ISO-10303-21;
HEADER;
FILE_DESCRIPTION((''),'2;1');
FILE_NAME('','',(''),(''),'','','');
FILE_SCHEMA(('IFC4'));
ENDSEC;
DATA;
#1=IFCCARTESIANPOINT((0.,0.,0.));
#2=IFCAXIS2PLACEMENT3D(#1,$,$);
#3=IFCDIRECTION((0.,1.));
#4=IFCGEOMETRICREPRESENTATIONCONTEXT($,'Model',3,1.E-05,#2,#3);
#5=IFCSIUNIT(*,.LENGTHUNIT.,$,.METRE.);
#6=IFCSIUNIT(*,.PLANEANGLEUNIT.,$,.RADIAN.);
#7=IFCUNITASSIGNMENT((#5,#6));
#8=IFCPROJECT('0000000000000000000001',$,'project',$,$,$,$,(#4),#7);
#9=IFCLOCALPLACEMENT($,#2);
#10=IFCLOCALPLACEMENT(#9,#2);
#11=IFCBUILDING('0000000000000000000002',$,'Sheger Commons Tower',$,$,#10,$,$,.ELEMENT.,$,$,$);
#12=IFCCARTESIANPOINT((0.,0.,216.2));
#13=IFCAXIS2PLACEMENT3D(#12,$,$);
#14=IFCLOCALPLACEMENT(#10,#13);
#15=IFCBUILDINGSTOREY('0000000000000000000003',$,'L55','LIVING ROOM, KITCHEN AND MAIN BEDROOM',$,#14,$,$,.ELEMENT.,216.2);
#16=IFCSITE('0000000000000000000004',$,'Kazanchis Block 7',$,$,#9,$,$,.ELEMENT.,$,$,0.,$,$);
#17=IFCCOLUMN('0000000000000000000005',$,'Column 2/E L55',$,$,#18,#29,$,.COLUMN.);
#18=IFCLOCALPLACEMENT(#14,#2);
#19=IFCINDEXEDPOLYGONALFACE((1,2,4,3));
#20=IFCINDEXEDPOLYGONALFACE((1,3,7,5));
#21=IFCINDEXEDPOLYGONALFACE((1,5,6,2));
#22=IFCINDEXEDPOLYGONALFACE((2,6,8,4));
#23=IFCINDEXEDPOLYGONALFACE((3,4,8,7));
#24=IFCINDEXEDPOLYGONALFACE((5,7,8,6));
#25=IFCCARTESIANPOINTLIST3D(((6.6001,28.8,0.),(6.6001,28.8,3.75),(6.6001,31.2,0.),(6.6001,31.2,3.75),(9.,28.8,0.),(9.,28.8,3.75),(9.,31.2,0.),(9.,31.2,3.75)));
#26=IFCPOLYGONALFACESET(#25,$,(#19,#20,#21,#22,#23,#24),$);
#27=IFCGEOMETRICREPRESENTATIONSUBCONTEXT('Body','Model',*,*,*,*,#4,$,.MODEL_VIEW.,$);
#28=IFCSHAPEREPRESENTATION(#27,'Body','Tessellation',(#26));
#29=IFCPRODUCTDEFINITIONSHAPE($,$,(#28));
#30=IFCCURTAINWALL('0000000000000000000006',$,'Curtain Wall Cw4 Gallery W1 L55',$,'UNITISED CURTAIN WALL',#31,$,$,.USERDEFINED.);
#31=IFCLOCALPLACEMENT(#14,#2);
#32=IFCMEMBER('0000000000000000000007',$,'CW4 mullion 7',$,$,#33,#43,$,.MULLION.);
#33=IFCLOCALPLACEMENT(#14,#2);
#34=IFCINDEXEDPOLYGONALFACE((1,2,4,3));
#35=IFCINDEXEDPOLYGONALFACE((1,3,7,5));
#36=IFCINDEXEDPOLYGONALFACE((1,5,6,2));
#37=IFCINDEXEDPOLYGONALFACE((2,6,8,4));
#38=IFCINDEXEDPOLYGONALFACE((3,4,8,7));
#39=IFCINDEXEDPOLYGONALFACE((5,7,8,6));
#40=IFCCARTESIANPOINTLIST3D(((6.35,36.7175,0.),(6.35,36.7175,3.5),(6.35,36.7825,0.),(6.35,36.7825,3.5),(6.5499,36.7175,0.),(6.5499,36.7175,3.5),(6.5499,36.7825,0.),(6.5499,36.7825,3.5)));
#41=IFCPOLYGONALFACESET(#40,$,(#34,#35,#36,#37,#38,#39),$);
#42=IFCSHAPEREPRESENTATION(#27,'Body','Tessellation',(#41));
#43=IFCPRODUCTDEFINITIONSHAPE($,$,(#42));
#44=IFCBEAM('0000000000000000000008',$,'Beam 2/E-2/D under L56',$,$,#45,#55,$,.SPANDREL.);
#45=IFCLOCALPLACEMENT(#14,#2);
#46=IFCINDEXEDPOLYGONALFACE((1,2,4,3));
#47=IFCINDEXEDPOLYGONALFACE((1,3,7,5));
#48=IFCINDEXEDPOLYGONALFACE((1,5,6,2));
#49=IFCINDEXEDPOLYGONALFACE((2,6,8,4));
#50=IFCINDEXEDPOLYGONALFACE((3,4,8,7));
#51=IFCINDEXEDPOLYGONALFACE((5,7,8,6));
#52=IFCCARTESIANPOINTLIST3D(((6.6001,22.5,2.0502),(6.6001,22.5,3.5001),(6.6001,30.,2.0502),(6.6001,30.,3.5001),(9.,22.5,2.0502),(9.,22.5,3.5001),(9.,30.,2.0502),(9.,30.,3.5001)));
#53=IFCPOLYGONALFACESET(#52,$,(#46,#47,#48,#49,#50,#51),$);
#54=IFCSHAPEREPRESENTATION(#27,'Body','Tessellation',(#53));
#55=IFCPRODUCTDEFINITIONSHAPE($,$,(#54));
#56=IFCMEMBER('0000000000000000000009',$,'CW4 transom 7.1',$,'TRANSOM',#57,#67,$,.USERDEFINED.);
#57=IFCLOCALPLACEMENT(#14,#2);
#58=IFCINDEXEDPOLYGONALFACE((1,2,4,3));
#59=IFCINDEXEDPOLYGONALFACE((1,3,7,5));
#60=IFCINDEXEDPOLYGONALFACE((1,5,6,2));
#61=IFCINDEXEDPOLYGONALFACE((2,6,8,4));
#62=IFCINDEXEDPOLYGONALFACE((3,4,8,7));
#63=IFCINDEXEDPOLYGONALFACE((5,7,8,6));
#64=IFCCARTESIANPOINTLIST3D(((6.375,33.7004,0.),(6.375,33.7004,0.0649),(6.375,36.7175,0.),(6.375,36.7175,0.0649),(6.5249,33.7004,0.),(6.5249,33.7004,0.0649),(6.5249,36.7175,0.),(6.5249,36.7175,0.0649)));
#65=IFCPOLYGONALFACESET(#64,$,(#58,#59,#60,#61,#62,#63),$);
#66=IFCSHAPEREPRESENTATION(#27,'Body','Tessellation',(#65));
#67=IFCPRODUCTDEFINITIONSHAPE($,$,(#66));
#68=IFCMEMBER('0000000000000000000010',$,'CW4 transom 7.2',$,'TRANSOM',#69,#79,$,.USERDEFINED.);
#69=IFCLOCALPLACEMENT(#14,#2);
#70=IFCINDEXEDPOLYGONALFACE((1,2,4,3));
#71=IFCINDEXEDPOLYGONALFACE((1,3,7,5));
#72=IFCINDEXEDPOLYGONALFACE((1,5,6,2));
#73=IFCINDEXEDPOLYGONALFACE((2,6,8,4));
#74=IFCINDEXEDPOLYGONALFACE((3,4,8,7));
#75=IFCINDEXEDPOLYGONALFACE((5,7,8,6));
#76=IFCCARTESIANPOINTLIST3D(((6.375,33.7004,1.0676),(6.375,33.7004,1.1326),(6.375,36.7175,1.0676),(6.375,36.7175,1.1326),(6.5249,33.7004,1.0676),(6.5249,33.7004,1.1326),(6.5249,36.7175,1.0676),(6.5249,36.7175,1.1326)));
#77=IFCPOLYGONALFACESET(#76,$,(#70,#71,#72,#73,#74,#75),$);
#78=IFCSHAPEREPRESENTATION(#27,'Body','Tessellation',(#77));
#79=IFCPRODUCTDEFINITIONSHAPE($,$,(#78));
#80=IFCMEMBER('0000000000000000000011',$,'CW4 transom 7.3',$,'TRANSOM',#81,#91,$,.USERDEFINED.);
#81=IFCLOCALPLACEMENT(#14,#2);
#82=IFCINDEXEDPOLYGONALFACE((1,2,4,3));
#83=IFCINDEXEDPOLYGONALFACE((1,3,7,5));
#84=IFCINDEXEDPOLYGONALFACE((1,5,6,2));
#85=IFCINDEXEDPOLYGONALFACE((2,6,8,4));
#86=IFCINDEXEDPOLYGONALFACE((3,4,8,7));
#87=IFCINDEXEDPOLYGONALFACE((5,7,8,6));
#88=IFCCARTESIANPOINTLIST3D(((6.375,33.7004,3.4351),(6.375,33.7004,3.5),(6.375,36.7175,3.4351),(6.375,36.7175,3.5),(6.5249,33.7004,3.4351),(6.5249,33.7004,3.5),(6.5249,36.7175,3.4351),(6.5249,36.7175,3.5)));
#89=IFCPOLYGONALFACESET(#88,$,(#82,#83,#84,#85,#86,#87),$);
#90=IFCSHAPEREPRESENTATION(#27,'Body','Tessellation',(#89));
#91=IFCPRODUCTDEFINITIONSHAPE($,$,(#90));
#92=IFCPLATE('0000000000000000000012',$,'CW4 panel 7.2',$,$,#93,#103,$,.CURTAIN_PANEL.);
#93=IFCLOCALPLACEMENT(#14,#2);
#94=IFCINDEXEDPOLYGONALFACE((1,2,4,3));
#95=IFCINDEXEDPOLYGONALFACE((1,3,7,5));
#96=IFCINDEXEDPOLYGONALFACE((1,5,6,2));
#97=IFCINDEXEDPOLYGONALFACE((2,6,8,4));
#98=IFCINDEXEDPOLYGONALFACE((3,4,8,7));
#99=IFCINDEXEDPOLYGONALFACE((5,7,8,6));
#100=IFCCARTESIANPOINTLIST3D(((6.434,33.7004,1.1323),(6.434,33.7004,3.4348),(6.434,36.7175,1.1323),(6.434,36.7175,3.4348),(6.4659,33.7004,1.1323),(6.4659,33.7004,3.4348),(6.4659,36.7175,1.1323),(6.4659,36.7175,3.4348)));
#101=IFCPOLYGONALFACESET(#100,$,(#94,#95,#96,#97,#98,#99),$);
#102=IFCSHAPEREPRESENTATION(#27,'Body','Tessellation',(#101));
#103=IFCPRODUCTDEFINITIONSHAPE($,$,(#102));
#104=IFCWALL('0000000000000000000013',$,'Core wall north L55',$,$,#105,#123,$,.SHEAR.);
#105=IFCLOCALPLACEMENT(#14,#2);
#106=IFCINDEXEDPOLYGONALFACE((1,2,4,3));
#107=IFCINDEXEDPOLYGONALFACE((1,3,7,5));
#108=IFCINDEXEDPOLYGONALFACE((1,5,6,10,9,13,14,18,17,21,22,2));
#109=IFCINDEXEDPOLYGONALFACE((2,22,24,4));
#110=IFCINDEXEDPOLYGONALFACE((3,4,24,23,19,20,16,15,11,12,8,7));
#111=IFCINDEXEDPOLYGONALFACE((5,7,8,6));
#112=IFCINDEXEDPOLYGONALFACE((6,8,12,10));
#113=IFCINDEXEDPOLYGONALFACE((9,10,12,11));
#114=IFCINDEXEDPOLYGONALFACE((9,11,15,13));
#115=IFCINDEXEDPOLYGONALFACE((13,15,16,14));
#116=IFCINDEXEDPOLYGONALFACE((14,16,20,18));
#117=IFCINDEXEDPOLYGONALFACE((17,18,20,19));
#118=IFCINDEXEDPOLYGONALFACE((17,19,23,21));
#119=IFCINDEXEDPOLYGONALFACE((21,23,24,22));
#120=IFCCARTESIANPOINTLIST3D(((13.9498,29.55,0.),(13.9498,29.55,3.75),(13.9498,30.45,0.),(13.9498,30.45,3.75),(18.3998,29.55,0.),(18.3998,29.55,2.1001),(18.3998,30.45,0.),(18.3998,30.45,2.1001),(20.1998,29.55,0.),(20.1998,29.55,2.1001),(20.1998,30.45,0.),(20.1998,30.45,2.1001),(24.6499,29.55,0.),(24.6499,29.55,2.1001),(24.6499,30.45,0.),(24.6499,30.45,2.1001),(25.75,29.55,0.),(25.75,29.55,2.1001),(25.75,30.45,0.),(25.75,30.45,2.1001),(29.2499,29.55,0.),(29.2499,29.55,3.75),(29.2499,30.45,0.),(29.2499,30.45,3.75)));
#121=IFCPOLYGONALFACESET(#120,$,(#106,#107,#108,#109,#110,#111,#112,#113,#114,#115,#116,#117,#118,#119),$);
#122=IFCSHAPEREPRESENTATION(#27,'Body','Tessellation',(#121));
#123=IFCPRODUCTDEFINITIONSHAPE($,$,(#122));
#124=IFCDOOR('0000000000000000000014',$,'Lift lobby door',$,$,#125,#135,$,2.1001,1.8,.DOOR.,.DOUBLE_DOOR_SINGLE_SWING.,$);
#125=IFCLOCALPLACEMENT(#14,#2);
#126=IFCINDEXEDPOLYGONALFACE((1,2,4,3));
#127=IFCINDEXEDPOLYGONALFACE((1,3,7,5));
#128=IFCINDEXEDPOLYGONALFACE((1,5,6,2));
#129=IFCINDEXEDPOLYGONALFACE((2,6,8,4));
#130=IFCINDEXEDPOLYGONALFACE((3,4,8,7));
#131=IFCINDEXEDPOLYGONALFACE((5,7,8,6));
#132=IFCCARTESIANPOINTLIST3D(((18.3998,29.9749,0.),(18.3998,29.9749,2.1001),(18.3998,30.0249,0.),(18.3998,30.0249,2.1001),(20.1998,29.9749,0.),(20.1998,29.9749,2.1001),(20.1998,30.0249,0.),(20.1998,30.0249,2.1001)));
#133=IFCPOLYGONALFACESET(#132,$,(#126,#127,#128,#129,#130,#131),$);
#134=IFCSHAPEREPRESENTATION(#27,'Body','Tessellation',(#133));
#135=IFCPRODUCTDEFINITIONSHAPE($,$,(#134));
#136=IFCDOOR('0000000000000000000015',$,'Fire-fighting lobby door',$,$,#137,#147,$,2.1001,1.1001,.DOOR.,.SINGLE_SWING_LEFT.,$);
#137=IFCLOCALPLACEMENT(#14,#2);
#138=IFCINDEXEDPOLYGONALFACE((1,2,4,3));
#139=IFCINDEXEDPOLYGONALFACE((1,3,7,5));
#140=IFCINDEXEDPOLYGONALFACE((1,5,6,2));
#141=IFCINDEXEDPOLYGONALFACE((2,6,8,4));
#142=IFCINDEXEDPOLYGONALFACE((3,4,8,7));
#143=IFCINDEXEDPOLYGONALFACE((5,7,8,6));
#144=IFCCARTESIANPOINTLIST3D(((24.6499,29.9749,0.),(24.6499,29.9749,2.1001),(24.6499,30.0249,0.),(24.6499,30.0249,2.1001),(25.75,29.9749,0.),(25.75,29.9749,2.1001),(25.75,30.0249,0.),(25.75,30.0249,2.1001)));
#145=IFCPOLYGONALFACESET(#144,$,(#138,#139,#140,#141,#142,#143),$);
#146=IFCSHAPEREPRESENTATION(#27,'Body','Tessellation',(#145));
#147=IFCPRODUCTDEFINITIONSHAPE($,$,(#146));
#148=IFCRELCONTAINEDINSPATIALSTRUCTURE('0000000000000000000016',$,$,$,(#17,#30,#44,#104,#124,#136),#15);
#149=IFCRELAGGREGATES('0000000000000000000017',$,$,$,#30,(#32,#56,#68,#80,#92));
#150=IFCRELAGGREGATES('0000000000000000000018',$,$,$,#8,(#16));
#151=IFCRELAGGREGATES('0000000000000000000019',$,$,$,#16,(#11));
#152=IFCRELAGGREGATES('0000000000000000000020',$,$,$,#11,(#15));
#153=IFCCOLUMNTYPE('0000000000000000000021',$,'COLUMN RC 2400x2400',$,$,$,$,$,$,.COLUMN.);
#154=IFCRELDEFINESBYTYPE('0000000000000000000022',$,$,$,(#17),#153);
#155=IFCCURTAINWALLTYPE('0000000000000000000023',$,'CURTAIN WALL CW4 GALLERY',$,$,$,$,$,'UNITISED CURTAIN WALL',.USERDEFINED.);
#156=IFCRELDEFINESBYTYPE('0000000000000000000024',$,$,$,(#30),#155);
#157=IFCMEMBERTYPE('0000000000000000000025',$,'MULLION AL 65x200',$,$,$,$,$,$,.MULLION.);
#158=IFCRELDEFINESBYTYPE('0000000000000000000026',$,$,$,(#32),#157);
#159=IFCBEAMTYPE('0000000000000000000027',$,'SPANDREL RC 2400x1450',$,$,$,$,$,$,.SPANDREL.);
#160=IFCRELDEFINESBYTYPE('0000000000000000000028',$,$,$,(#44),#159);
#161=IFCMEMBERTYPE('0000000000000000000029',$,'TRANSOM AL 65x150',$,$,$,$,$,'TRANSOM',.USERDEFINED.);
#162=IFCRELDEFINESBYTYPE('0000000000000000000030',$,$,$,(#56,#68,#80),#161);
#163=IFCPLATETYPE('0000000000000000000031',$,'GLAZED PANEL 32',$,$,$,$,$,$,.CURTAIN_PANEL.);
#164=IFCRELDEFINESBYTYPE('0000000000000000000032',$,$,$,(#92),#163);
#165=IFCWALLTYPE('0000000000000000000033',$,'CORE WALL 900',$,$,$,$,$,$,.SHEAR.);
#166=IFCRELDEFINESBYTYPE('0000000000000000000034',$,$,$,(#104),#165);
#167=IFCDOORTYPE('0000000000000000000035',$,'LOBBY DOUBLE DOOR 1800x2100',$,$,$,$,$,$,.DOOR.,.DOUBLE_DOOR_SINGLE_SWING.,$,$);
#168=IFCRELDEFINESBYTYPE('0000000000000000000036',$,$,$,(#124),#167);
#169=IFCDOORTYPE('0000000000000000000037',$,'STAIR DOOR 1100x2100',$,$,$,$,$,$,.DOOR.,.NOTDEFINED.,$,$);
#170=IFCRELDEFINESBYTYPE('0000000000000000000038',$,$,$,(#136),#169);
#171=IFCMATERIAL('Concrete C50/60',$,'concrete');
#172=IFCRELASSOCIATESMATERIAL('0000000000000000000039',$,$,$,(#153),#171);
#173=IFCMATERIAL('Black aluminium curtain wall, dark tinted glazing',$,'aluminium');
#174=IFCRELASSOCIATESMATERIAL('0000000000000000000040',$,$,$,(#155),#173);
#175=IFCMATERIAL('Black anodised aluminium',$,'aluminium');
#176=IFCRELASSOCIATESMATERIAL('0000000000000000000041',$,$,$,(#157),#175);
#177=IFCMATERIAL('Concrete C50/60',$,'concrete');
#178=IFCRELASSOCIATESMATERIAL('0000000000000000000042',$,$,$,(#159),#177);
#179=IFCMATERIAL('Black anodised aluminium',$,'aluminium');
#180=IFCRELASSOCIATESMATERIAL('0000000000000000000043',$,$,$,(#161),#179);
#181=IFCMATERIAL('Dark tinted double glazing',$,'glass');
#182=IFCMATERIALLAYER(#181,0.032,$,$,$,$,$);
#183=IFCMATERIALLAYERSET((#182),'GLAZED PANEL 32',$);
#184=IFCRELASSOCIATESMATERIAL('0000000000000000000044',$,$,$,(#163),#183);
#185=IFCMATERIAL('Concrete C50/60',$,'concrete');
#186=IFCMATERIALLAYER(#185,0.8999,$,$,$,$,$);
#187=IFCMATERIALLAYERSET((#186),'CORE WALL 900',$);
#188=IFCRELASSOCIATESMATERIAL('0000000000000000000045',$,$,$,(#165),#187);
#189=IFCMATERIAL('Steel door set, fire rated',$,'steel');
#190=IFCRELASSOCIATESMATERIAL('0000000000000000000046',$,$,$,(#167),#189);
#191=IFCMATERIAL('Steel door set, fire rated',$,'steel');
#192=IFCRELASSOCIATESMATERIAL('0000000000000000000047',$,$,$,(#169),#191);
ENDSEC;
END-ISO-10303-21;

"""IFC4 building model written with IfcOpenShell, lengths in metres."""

from ifc_helpers import new_model, si_unit, direction, frame, frame_2d, origin, origin_2d, place, context, subcontext, project, spatial, rectangle, extrude, material, layer, layer_set, material_profile, profile_set, type_object, element, fill, aggregate, save


model = new_model("IFC4")

# Units and contexts
model_context = context("Model", 3, precision=1e-05, world=origin(), true_north=direction((0.0, 1.0)))
body_context = subcontext(model_context, "Body", "Model", "MODEL_VIEW")
ifc_project = project(units=[si_unit("LENGTHUNIT", "METRE"), si_unit("PLANEANGLEUNIT", "RADIAN")], contexts=[model_context])

# Site, building, storey
site_placement = place(None, origin())
site = spatial("IfcSite", under=ifc_project, at=site_placement, Name="Kazanchis Block 7", CompositionType="ELEMENT", RefElevation=0.0)
building_placement = place(site_placement, origin())
building = spatial("IfcBuilding", under=site, at=building_placement, Name="Sheger Commons Tower", CompositionType="ELEMENT")
storey_placement = place(building_placement, frame((0.0, 0.0, 216.2)))
storey = spatial("IfcBuildingStorey", under=building, at=storey_placement, Name="L55", Description="LIVING ROOM, KITCHEN AND MAIN BEDROOM", CompositionType="ELEMENT", Elevation=216.2)

# Column
ifc_material_1 = material(Name="Concrete C50/60", Category="concrete")
ifc_material_profile_1 = material_profile(ifc_material_1, rectangle(XDim=2.3999, YDim=2.3999, at=origin_2d()), Name="RC 2400x2400")
ifc_profile_set_1 = profile_set([ifc_material_profile_1], Name="Concrete C50/60")
column_type = type_object("IfcColumnType", Name="COLUMN RC 2400x2400", PredefinedType="COLUMN", material=ifc_profile_set_1)
column_placement = place(storey_placement, frame((7.8, 30.0, 0.0), z_axis=(0.0, 0.0, 1.0), x_axis=(1.0, 0.0, 0.0)))
element("IfcColumn", 1, at=column_placement, inside=storey, type_object=column_type, Name="Column 2/E L55", PredefinedType="COLUMN", context=body_context, shape_type="SweptSolid", body=[
    extrude(rectangle(XDim=2.3999, YDim=2.3999, at=origin_2d()), origin(), (0.0, 0.0, 1.0), 3.75),
])

# Curtain wall, member
ifc_material_2 = material(Name="Black aluminium curtain wall, dark tinted glazing", Category="aluminium")
curtain_wall_type = type_object("IfcCurtainWallType", Name="CURTAIN WALL CW4 GALLERY", ElementType="UNITISED CURTAIN WALL", PredefinedType="USERDEFINED", material=ifc_material_2)
curtain_wall_placement = place(storey_placement, origin())
curtain_wall = element("IfcCurtainWall", 2, at=curtain_wall_placement, inside=storey, type_object=curtain_wall_type, Name="Curtain Wall Cw4 Gallery W1 L55", ObjectType="UNITISED CURTAIN WALL", PredefinedType="USERDEFINED")
ifc_material_3 = material(Name="Black anodised aluminium", Category="aluminium")
ifc_material_profile_2 = material_profile(ifc_material_3, rectangle(XDim=0.2, YDim=0.0649, at=origin_2d()), Name="AL 65x200")
ifc_profile_set_2 = profile_set([ifc_material_profile_2], Name="Black anodised aluminium")
member_type_1 = type_object("IfcMemberType", Name="MULLION AL 65x200", PredefinedType="MULLION", material=ifc_profile_set_2)
member_1_placement = place(storey_placement, frame((6.45, 36.75, 0.0), z_axis=(0.0, 0.0, 1.0), x_axis=(1.0, 0.0, 0.0)))
member_1 = element("IfcMember", 3, at=member_1_placement, type_object=member_type_1, Name="CW4 mullion 7", PredefinedType="MULLION", context=body_context, shape_type="SweptSolid", body=[
    extrude(rectangle(XDim=0.2, YDim=0.0649, at=origin_2d()), origin(), (0.0, 0.0, 1.0), 3.5),
])

# Beam
ifc_material_4 = material(Name="Concrete C50/60", Category="concrete")
ifc_material_profile_3 = material_profile(ifc_material_4, rectangle(XDim=2.3999, YDim=1.45, at=origin_2d()), Name="RC 2400x1450")
ifc_profile_set_3 = profile_set([ifc_material_profile_3], Name="Concrete C50/60")
beam_type = type_object("IfcBeamType", Name="SPANDREL RC 2400x1450", PredefinedType="SPANDREL", material=ifc_profile_set_3)
beam_placement = place(storey_placement, frame((7.8, 30.0, 2.7751), z_axis=(0.0, -1.0, 0.0), x_axis=(1.0, 0.0, 0.0)))
element("IfcBeam", 4, at=beam_placement, inside=storey, type_object=beam_type, Name="Beam 2/E-2/D under L56", PredefinedType="SPANDREL", context=body_context, shape_type="SweptSolid", body=[
    extrude(rectangle(XDim=2.3999, YDim=1.45, at=origin_2d()), origin(), (0.0, 0.0, 1.0), 7.5),
])

# Members
ifc_material_5 = material(Name="Black anodised aluminium", Category="aluminium")
ifc_material_profile_4 = material_profile(ifc_material_5, rectangle(XDim=0.1499, YDim=0.0649, at=origin_2d()), Name="AL 65x150")
ifc_profile_set_4 = profile_set([ifc_material_profile_4], Name="Black anodised aluminium")
member_type_2 = type_object("IfcMemberType", Name="TRANSOM AL 65x150", ElementType="TRANSOM", PredefinedType="USERDEFINED", material=ifc_profile_set_4)
member_2_placement = place(storey_placement, frame((6.45, 36.7175, 0.0325), z_axis=(0.0, -1.0, 0.0), x_axis=(1.0, 0.0, 0.0)))
member_2 = element("IfcMember", 5, at=member_2_placement, type_object=member_type_2, Name="CW4 transom 7.1", ObjectType="TRANSOM", PredefinedType="USERDEFINED", context=body_context, shape_type="SweptSolid", body=[
    extrude(rectangle(XDim=0.1499, YDim=0.0649, at=origin_2d()), origin(), (0.0, 0.0, 1.0), 3.0171),
])
member_3_placement = place(storey_placement, frame((6.45, 36.7175, 1.1001), z_axis=(0.0, -1.0, 0.0), x_axis=(1.0, 0.0, 0.0)))
member_3 = element("IfcMember", 6, at=member_3_placement, type_object=member_type_2, Name="CW4 transom 7.2", ObjectType="TRANSOM", PredefinedType="USERDEFINED", context=body_context, shape_type="SweptSolid", body=[
    extrude(rectangle(XDim=0.1499, YDim=0.0649, at=origin_2d()), origin(), (0.0, 0.0, 1.0), 3.0171),
])
member_4_placement = place(storey_placement, frame((6.45, 36.7175, 3.4675), z_axis=(0.0, -1.0, 0.0), x_axis=(1.0, 0.0, 0.0)))
member_4 = element("IfcMember", 7, at=member_4_placement, type_object=member_type_2, Name="CW4 transom 7.3", ObjectType="TRANSOM", PredefinedType="USERDEFINED", context=body_context, shape_type="SweptSolid", body=[
    extrude(rectangle(XDim=0.1499, YDim=0.0649, at=origin_2d()), origin(), (0.0, 0.0, 1.0), 3.0171),
])

# Plate
ifc_material_6 = material(Name="Dark tinted double glazing", Category="glass")
ifc_layer_1 = layer(ifc_material_6, 0.032)
ifc_layer_set_1 = layer_set([ifc_layer_1], Name="GLAZED PANEL 32")
plate_type = type_object("IfcPlateType", Name="GLAZED PANEL 32", PredefinedType="CURTAIN_PANEL", material=ifc_layer_set_1)
plate_placement = place(storey_placement, frame((6.45, 35.209, 1.1323), z_axis=(0.0, 0.0, 1.0), x_axis=(0.0, -1.0, 0.0)))
plate = element("IfcPlate", 8, at=plate_placement, type_object=plate_type, Name="CW4 panel 7.2", PredefinedType="CURTAIN_PANEL", context=body_context, shape_type="SweptSolid", body=[
    extrude(rectangle(XDim=3.0171, YDim=0.032, at=origin_2d()), origin(), (0.0, 0.0, 1.0), 2.3025),
])
aggregate(curtain_wall, [member_1, member_2, member_3, member_4, plate])

# Wall, openings, doors
ifc_material_7 = material(Name="Concrete C50/60", Category="concrete")
ifc_layer_2 = layer(ifc_material_7, 0.8999)
ifc_layer_set_2 = layer_set([ifc_layer_2], Name="CORE WALL 900")
wall_type_1 = type_object("IfcWallType", Name="CORE WALL 900", PredefinedType="SHEAR", material=ifc_layer_set_2)
wall_1_placement = place(storey_placement, frame((13.95, 30.0, 0.0), z_axis=(0.0, 0.0, 1.0), x_axis=(1.0, 0.0, 0.0)))
wall_1 = element("IfcWall", 9, at=wall_1_placement, inside=storey, type_object=wall_type_1, Name="Core wall north L55", PredefinedType="SHEAR", context=body_context, shape_type="SweptSolid", body=[
    extrude(rectangle(XDim=15.3, YDim=0.8999, at=frame_2d((7.6499, 0.0))), origin(), (0.0, 0.0, 1.0), 3.75),
])
opening_1_placement = place(wall_1_placement, frame((4.45, 0.0, 0.0)))
opening_1 = element("IfcOpeningElement", 10, at=opening_1_placement, cuts=wall_1, PredefinedType="OPENING", context=body_context, shape_type="SweptSolid", body=[
    extrude(rectangle(XDim=1.8, YDim=2.1001, at=frame_2d((0.8999, 1.05))), frame((0.0, 0.46, 0.0), z_axis=(0.0, -1.0, 0.0), x_axis=(1.0, 0.0, 0.0)), (0.0, 0.0, 1.0), 0.9199),
])
opening_2_placement = place(wall_1_placement, frame((10.7, 0.0, 0.0)))
opening_2 = element("IfcOpeningElement", 11, at=opening_2_placement, cuts=wall_1, PredefinedType="OPENING", context=body_context, shape_type="SweptSolid", body=[
    extrude(rectangle(XDim=1.1001, YDim=2.1001, at=frame_2d((0.55, 1.05))), frame((0.0, 0.46, 0.0), z_axis=(0.0, -1.0, 0.0), x_axis=(1.0, 0.0, 0.0)), (0.0, 0.0, 1.0), 0.9199),
])
ifc_material_8 = material(Name="Steel door set, fire rated", Category="steel")
door_type_1 = type_object("IfcDoorType", Name="LOBBY DOUBLE DOOR 1800x2100", OperationType="DOUBLE_DOOR_SINGLE_SWING", PredefinedType="DOOR", material=ifc_material_8)
door_1_placement = place(opening_1_placement, origin())
door_1 = element("IfcDoor", 12, at=door_1_placement, inside=storey, type_object=door_type_1, Name="Lift lobby door", OperationType="DOUBLE_DOOR_SINGLE_SWING", OverallHeight=2.1001, OverallWidth=1.8, PredefinedType="DOOR", context=body_context, shape_type="SweptSolid", body=[
    extrude(rectangle(XDim=1.8, YDim=2.1001, at=frame_2d((0.8999, 1.05))), frame((0.0, 0.0249, 0.0), z_axis=(0.0, -1.0, 0.0), x_axis=(1.0, 0.0, 0.0)), (0.0, 0.0, 1.0), 0.05),
])
fill(opening_1, door_1)
ifc_material_9 = material(Name="Steel door set, fire rated", Category="steel")
door_type_2 = type_object("IfcDoorType", Name="STAIR DOOR 1100x2100", OperationType="NOTDEFINED", PredefinedType="DOOR", material=ifc_material_9)
door_2_placement = place(opening_2_placement, origin())
door_2 = element("IfcDoor", 13, at=door_2_placement, inside=storey, type_object=door_type_2, Name="Fire-fighting lobby door", OperationType="SINGLE_SWING_LEFT", OverallHeight=2.1001, OverallWidth=1.1001, PredefinedType="DOOR", context=body_context, shape_type="SweptSolid", body=[
    extrude(rectangle(XDim=1.1001, YDim=2.1001, at=frame_2d((0.55, 1.05))), frame((0.0, 0.0249, 0.0), z_axis=(0.0, -1.0, 0.0), x_axis=(1.0, 0.0, 0.0)), (0.0, 0.0, 1.0), 0.05),
])
fill(opening_2, door_2)

save(model, "model.ifc")
